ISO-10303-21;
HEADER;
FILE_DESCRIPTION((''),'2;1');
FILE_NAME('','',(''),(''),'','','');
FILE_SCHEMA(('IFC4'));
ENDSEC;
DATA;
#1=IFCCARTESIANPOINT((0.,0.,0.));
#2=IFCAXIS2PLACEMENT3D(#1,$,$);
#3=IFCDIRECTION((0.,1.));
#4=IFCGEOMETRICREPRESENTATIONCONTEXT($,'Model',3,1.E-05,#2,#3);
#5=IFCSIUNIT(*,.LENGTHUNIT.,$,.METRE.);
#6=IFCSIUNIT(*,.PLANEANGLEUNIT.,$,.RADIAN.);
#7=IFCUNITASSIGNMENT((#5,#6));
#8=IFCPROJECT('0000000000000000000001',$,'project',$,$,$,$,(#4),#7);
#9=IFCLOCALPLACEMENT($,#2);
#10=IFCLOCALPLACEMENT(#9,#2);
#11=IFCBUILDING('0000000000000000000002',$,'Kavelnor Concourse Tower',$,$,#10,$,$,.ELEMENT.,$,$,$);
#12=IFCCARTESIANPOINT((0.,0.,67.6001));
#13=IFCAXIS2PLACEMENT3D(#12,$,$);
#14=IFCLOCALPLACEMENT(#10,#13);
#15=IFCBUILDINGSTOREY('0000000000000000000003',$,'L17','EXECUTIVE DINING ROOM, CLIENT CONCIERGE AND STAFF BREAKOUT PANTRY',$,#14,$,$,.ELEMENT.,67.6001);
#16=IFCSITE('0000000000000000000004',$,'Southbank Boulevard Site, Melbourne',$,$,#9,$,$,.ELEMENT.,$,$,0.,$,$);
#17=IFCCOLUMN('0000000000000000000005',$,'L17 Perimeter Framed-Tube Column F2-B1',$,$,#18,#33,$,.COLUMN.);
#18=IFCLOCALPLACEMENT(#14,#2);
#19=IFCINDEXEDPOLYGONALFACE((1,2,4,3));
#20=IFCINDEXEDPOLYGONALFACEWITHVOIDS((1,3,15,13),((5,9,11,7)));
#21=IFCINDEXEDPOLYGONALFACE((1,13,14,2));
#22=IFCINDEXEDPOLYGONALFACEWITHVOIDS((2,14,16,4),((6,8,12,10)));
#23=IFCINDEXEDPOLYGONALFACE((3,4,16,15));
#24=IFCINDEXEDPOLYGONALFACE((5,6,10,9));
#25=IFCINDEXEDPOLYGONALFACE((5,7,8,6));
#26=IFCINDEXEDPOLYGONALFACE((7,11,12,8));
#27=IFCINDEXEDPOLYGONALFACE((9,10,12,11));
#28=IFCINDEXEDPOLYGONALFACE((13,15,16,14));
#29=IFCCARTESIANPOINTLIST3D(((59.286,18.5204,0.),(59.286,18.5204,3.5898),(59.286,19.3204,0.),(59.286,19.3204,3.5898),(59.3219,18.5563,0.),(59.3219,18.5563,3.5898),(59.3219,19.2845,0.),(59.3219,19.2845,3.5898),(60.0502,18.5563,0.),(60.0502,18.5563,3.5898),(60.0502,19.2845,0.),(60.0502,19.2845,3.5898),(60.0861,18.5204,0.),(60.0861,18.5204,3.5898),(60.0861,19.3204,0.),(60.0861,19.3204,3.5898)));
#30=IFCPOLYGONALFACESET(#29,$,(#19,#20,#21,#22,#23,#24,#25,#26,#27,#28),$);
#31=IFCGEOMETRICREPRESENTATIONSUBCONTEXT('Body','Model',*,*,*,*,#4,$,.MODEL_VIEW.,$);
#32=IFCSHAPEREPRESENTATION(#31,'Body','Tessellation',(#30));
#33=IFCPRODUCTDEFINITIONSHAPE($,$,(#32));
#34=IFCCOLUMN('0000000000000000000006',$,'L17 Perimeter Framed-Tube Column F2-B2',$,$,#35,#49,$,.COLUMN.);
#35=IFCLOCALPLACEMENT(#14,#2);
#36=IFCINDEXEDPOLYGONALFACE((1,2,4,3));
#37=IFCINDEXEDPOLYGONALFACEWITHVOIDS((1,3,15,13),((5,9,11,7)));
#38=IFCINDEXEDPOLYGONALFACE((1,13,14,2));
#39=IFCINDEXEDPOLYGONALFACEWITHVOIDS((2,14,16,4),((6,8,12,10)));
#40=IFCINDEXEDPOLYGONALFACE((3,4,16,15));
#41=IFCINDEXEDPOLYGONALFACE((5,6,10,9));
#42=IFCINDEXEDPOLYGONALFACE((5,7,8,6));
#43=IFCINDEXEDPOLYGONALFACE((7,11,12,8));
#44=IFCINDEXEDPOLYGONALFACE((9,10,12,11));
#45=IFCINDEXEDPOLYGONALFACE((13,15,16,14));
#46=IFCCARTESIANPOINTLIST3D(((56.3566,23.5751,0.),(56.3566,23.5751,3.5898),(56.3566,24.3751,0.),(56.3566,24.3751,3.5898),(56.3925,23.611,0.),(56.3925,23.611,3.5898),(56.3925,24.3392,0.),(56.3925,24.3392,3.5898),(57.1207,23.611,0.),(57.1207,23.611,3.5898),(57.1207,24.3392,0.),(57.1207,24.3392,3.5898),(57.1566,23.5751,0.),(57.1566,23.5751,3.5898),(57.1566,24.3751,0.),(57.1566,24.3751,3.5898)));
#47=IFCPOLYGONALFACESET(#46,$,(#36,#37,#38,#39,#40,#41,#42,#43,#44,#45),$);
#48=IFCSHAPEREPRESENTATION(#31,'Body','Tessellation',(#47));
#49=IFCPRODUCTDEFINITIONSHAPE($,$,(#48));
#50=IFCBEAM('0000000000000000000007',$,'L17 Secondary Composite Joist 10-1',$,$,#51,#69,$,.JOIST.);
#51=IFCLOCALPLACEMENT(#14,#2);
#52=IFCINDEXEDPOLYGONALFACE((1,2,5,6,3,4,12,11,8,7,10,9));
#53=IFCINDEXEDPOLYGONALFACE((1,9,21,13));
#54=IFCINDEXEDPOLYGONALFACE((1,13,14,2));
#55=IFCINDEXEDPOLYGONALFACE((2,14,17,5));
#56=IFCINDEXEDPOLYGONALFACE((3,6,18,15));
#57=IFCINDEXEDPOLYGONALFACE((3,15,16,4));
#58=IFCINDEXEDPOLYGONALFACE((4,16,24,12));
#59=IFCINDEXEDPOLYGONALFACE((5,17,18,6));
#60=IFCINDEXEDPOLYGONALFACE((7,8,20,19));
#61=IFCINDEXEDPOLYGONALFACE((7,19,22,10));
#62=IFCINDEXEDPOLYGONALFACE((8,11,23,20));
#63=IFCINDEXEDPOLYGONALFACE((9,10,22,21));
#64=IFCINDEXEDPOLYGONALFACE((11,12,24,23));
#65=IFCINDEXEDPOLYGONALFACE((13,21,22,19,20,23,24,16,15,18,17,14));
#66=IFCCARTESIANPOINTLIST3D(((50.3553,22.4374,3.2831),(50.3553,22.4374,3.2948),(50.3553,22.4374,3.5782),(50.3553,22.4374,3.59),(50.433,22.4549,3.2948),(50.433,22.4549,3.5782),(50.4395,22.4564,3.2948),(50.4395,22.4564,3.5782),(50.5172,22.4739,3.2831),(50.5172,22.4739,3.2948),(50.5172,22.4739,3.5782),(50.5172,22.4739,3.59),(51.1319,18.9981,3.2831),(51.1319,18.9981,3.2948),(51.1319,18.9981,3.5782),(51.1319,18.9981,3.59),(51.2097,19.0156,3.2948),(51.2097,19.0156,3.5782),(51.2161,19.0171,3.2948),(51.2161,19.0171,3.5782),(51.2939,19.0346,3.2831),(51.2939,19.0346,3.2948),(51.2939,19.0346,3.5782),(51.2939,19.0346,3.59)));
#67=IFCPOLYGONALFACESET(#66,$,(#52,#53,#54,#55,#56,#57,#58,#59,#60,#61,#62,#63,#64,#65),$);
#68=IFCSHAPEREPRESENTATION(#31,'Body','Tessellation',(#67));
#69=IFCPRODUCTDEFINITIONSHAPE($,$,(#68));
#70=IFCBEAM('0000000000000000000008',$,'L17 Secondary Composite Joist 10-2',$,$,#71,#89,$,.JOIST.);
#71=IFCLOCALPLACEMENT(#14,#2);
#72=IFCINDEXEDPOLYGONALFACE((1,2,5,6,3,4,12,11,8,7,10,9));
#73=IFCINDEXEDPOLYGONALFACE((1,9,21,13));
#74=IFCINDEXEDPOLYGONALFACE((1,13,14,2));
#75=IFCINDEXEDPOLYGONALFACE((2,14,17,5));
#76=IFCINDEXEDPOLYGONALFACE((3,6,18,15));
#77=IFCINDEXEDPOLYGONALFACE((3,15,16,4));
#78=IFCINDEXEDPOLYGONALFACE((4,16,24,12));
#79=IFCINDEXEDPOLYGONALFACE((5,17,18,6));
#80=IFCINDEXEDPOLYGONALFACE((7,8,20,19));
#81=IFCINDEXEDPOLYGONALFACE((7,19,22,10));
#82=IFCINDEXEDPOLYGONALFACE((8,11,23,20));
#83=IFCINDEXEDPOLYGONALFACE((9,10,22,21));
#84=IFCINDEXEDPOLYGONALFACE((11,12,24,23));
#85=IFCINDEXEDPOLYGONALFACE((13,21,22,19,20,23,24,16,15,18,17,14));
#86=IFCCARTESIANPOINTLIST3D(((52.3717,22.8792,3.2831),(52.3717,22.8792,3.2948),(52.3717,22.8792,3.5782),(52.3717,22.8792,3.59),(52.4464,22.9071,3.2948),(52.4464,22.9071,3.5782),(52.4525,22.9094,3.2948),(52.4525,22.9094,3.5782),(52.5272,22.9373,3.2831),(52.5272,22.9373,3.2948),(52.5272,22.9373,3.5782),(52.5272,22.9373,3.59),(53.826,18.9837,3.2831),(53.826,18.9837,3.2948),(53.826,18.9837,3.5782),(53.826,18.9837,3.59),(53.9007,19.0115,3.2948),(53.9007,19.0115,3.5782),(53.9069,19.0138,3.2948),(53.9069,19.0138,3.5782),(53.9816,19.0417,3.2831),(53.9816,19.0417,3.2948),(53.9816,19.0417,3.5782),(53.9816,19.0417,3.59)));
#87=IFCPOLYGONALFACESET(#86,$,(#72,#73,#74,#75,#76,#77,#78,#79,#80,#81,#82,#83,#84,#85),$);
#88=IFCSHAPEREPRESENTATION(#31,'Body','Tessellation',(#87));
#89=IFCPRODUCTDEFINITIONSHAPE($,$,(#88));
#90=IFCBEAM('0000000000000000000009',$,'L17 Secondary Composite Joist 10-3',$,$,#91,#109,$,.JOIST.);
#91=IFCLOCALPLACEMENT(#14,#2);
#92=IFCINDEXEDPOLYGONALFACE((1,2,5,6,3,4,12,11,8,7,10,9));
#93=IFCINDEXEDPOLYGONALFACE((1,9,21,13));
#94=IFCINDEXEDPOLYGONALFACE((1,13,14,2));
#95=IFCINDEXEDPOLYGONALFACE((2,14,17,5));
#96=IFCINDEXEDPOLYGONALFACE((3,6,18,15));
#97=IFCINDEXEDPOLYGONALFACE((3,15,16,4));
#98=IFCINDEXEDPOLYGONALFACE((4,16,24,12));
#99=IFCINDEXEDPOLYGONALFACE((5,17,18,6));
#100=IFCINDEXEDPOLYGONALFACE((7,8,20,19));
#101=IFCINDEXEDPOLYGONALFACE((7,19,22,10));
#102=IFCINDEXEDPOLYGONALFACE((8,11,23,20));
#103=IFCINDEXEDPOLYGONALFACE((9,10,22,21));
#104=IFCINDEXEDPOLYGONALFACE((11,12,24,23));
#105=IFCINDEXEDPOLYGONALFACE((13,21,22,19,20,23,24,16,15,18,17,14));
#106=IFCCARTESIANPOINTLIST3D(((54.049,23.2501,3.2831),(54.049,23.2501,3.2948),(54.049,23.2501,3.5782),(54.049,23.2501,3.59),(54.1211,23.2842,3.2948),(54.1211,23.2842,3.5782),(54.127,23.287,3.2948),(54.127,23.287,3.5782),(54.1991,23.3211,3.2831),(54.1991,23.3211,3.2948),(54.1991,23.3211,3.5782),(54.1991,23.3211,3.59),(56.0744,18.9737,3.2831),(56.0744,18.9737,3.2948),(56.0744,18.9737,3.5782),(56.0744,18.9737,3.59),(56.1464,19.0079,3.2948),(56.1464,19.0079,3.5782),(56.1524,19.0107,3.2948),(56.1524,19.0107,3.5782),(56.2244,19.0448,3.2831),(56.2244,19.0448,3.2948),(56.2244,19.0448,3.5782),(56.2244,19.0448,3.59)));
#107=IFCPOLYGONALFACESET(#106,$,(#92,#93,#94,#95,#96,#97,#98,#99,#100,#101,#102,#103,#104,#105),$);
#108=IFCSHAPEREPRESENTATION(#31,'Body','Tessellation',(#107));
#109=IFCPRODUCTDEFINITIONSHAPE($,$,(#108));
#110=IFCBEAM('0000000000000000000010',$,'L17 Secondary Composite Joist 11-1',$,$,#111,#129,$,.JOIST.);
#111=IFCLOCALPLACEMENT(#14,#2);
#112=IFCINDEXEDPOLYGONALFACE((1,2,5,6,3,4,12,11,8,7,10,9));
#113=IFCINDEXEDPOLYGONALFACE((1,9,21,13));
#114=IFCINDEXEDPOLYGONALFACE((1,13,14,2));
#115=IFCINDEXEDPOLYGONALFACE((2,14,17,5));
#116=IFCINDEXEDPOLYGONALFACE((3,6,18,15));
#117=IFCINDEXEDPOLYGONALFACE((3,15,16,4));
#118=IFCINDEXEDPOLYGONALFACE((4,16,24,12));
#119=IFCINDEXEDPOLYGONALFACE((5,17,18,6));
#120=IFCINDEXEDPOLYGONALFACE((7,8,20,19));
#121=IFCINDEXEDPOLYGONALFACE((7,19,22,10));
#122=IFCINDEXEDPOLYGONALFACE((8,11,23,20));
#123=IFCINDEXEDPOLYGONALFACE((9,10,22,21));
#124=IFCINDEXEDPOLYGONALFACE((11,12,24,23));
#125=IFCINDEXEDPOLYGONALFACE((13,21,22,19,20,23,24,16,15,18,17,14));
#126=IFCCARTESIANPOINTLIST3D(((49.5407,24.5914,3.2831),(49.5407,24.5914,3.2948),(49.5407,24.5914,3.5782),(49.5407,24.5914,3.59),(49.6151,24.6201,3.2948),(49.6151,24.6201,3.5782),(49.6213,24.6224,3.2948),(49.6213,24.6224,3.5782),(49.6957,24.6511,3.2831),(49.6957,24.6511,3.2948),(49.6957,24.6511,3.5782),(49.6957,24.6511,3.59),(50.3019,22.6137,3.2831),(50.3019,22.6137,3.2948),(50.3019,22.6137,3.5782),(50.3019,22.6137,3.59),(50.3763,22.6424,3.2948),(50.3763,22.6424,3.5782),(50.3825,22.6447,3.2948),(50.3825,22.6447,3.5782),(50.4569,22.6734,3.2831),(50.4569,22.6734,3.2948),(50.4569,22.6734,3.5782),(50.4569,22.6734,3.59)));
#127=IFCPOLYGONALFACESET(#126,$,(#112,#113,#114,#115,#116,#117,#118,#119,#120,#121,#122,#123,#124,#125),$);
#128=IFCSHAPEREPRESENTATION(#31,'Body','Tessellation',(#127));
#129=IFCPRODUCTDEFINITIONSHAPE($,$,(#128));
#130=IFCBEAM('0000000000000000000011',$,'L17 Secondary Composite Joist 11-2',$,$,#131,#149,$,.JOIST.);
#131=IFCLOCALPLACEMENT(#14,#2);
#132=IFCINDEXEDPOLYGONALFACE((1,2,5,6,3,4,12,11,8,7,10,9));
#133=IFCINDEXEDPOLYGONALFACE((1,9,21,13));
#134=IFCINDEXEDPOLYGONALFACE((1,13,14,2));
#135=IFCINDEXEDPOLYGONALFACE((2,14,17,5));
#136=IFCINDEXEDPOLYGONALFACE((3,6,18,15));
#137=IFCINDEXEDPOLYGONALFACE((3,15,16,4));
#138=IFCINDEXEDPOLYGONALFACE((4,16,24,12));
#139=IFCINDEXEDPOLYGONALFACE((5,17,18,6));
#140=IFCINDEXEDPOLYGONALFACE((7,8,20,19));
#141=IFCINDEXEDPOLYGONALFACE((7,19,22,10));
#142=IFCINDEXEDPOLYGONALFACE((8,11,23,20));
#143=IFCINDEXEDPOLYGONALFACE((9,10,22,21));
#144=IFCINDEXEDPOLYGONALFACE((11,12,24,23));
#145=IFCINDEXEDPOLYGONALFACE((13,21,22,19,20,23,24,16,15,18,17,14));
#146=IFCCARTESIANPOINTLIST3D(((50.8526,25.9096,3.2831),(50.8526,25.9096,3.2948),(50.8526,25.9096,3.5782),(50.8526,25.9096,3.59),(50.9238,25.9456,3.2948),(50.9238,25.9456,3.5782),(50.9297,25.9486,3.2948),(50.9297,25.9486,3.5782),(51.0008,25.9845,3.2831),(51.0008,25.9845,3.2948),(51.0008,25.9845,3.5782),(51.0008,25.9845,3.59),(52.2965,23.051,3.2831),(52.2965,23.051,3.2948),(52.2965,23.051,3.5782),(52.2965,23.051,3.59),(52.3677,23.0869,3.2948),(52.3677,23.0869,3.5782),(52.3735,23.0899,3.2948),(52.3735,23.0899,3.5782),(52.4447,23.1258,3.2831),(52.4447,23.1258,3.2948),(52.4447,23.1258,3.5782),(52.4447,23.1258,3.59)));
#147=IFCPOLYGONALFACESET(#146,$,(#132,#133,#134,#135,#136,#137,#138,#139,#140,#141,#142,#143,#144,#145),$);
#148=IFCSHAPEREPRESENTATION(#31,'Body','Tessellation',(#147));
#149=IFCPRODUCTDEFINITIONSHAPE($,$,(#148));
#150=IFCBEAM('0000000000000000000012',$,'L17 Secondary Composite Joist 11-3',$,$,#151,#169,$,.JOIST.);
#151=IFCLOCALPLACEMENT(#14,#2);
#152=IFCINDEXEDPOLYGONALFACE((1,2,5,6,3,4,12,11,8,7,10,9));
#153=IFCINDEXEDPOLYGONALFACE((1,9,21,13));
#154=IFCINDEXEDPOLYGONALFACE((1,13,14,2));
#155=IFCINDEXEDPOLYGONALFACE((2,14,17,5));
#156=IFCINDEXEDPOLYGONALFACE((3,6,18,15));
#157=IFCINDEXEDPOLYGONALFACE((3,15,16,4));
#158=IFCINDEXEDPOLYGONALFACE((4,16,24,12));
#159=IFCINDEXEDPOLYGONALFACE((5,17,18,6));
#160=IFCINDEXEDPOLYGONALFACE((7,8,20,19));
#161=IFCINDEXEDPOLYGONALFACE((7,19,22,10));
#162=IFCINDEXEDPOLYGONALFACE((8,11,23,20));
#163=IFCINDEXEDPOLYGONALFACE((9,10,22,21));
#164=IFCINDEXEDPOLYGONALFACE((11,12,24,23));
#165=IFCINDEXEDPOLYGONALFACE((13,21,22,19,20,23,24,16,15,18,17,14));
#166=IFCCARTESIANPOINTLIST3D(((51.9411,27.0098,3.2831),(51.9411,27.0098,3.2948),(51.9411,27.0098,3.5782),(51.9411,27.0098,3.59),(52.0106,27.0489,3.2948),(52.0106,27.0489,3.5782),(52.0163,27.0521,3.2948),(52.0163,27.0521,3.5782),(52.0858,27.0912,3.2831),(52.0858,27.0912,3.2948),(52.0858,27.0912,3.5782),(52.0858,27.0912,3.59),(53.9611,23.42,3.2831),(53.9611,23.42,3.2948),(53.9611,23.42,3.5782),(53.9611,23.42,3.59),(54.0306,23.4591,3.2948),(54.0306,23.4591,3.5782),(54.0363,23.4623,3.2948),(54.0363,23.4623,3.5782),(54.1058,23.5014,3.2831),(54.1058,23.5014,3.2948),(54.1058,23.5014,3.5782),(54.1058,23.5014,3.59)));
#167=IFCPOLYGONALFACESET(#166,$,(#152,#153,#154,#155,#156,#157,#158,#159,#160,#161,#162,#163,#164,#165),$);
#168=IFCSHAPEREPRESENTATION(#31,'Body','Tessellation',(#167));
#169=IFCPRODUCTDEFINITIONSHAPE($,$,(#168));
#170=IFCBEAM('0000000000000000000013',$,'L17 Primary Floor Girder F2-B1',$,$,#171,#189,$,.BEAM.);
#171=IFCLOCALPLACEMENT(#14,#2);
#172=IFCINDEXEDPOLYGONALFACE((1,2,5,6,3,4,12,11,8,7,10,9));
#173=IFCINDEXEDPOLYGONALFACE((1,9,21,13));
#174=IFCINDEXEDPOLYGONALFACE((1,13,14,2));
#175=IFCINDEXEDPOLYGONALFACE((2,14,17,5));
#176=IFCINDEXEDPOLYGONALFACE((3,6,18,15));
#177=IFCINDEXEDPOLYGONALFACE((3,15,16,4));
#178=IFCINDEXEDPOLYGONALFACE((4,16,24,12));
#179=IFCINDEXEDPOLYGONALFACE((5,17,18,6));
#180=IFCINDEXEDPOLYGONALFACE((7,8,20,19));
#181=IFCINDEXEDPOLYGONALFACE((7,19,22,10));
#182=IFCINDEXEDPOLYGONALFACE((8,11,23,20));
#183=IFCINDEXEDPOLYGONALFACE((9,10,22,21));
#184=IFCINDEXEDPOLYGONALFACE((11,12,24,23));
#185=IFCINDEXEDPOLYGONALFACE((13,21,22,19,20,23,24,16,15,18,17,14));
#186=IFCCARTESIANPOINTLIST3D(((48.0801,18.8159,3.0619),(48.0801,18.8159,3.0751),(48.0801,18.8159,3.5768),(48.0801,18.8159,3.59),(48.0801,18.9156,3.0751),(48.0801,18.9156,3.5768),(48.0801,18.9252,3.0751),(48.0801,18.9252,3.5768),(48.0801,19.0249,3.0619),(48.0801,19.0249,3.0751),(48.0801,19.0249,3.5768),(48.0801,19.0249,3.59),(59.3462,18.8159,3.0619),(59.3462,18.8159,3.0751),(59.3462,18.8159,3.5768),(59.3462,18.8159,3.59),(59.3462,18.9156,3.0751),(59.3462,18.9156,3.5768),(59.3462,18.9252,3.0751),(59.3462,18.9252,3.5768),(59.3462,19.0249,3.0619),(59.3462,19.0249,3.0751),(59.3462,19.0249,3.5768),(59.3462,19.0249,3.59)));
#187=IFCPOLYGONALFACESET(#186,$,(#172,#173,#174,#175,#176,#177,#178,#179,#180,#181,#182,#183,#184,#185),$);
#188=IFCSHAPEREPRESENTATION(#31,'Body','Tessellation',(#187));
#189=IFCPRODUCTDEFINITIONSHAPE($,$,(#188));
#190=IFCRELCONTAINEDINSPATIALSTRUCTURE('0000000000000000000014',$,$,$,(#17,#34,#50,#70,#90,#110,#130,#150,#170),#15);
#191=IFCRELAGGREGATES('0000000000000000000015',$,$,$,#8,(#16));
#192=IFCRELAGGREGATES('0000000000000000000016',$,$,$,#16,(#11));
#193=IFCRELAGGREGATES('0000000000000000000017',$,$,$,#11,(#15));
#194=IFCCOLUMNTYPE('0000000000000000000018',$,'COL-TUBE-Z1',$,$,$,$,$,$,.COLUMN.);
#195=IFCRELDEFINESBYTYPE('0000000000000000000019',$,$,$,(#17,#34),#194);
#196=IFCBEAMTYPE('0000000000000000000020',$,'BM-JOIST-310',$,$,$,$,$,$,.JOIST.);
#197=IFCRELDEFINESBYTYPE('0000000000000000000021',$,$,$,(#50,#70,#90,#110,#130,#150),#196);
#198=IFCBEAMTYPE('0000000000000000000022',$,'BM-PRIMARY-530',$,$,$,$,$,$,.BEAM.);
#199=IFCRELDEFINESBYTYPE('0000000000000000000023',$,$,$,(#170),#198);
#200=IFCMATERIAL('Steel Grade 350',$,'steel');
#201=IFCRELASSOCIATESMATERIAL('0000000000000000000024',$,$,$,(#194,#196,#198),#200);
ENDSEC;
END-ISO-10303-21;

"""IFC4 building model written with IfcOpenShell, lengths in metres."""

from ifc_helpers import new_model, si_unit, direction, frame, origin, origin_2d, place, context, subcontext, project, spatial, hollow_rectangle, i_section, extrude, material, material_profile, profile_set, type_object, element, save


model = new_model("IFC4")

# Units and contexts
model_context = context("Model", 3, precision=1e-05, world=origin(), true_north=direction((0.0, 1.0)))
body_context = subcontext(model_context, "Body", "Model", "MODEL_VIEW")
ifc_project = project(units=[si_unit("LENGTHUNIT", "METRE"), si_unit("PLANEANGLEUNIT", "RADIAN")], contexts=[model_context])

# Site, building, storey
site_placement = place(None, origin())
site = spatial("IfcSite", under=ifc_project, at=site_placement, Name="Southbank Boulevard Site, Melbourne", CompositionType="ELEMENT", RefElevation=0.0)
building_placement = place(site_placement, origin())
building = spatial("IfcBuilding", under=site, at=building_placement, Name="Kavelnor Concourse Tower", CompositionType="ELEMENT")
storey_placement = place(building_placement, frame((0.0, 0.0, 67.6001)))
storey = spatial("IfcBuildingStorey", under=building, at=storey_placement, Name="L17", Description="EXECUTIVE DINING ROOM, CLIENT CONCIERGE AND STAFF BREAKOUT PANTRY", CompositionType="ELEMENT", Elevation=67.6001)

# Columns
ifc_material_1 = material(Name="Steel Grade 350", Category="steel")
ifc_material_profile_1 = material_profile(ifc_material_1, hollow_rectangle(XDim=0.8, YDim=0.8, WallThickness=0.0359, at=origin_2d()), Name="SHS 800x800x36")
ifc_profile_set_1 = profile_set([ifc_material_profile_1], Name="Steel Grade 350")
column_type = type_object("IfcColumnType", Name="COL-TUBE-Z1", PredefinedType="COLUMN", material=ifc_profile_set_1)
for number, where, z_axis, x_axis, name in (
    (1, (59.686, 18.9204, 0.0), (0.0, 0.0, 1.0), (1.0, 0.0, 0.0), "L17 Perimeter Framed-Tube Column F2-B1"),
    (2, (56.7566, 23.9751, 0.0), (0.0, 0.0, 1.0), (1.0, 0.0, 0.0), "L17 Perimeter Framed-Tube Column F2-B2"),
):
    element("IfcColumn", number, at=place(storey_placement, frame(where, z_axis=z_axis, x_axis=x_axis)), inside=storey, type_object=column_type, Name=name, PredefinedType="COLUMN", context=body_context, shape_type="SweptSolid", body=[
        extrude(hollow_rectangle(XDim=0.8, YDim=0.8, WallThickness=0.0359, at=origin_2d()), origin(), (0.0, 0.0, 1.0), 3.5898),
    ])

# Beams
ifc_material_profile_2 = material_profile(ifc_material_1, i_section(OverallWidth=0.166, OverallDepth=0.3069, WebThickness=0.0066, FlangeThickness=0.0117, at=origin_2d()), Name="310UB46")
ifc_profile_set_2 = profile_set([ifc_material_profile_2], Name="Steel Grade 350")
beam_type_1 = type_object("IfcBeamType", Name="BM-JOIST-310", PredefinedType="JOIST", material=ifc_profile_set_2)
beam_1_placement = place(storey_placement, frame((51.2129, 19.0164, 3.4365), z_axis=(-0.220265, 0.97544, 0.0), x_axis=(-0.97544, -0.220265, 0.0)))
element("IfcBeam", 3, at=beam_1_placement, inside=storey, type_object=beam_type_1, Name="L17 Secondary Composite Joist 10-1", PredefinedType="JOIST", context=body_context, shape_type="SweptSolid", body=[
    extrude(i_section(OverallWidth=0.166, OverallDepth=0.3069, WebThickness=0.0066, FlangeThickness=0.0117, at=origin_2d()), origin(), (0.0, 0.0, 1.0), 3.5259),
])
beam_2_placement = place(storey_placement, frame((53.9038, 19.0127, 3.4365), z_axis=(-0.349759, 0.93684, 0.0), x_axis=(-0.93684, -0.349759, 0.0)))
element("IfcBeam", 4, at=beam_2_placement, inside=storey, type_object=beam_type_1, Name="L17 Secondary Composite Joist 10-2", PredefinedType="JOIST", context=body_context, shape_type="SweptSolid", body=[
    extrude(i_section(OverallWidth=0.166, OverallDepth=0.3069, WebThickness=0.0066, FlangeThickness=0.0117, at=origin_2d()), origin(), (0.0, 0.0, 1.0), 4.1582),
])
beam_3_placement = place(storey_placement, frame((56.1494, 19.0093, 3.4365), z_axis=(-0.428042, 0.903759, 0.0), x_axis=(-0.903759, -0.428042, 0.0)))
element("IfcBeam", 5, at=beam_3_placement, inside=storey, type_object=beam_type_1, Name="L17 Secondary Composite Joist 10-3", PredefinedType="JOIST", context=body_context, shape_type="SweptSolid", body=[
    extrude(i_section(OverallWidth=0.166, OverallDepth=0.3069, WebThickness=0.0066, FlangeThickness=0.0117, at=origin_2d()), origin(), (0.0, 0.0, 1.0), 4.7317),
])
beam_4_placement = place(storey_placement, frame((50.3794, 22.6436, 3.4365), z_axis=(-0.359203, 0.933259, 0.0), x_axis=(-0.933259, -0.359203, 0.0)))
element("IfcBeam", 6, at=beam_4_placement, inside=storey, type_object=beam_type_1, Name="L17 Secondary Composite Joist 11-1", PredefinedType="JOIST", context=body_context, shape_type="SweptSolid", body=[
    extrude(i_section(OverallWidth=0.166, OverallDepth=0.3069, WebThickness=0.0066, FlangeThickness=0.0117, at=origin_2d()), origin(), (0.0, 0.0, 1.0), 2.1191),
])
beam_5_placement = place(storey_placement, frame((52.3706, 23.0884, 3.4365), z_axis=(-0.450839, 0.892605, 0.0), x_axis=(-0.892605, -0.450839, 0.0)))
element("IfcBeam", 7, at=beam_5_placement, inside=storey, type_object=beam_type_1, Name="L17 Secondary Composite Joist 11-2", PredefinedType="JOIST", context=body_context, shape_type="SweptSolid", body=[
    extrude(i_section(OverallWidth=0.166, OverallDepth=0.3069, WebThickness=0.0066, FlangeThickness=0.0117, at=origin_2d()), origin(), (0.0, 0.0, 1.0), 3.2026),
])
beam_6_placement = place(storey_placement, frame((54.0334, 23.4607, 3.4365), z_axis=(-0.490396, 0.8715, 0.0), x_axis=(-0.8715, -0.490396, 0.0)))
element("IfcBeam", 8, at=beam_6_placement, inside=storey, type_object=beam_type_1, Name="L17 Secondary Composite Joist 11-3", PredefinedType="JOIST", context=body_context, shape_type="SweptSolid", body=[
    extrude(i_section(OverallWidth=0.166, OverallDepth=0.3069, WebThickness=0.0066, FlangeThickness=0.0117, at=origin_2d()), origin(), (0.0, 0.0, 1.0), 4.1191),
])
ifc_material_profile_3 = material_profile(ifc_material_1, i_section(OverallWidth=0.209, OverallDepth=0.5281, WebThickness=0.0095, FlangeThickness=0.0132, at=origin_2d()), Name="530UB82")
ifc_profile_set_3 = profile_set([ifc_material_profile_3], Name="Steel Grade 350")
beam_type_2 = type_object("IfcBeamType", Name="BM-PRIMARY-530", PredefinedType="BEAM", material=ifc_profile_set_3)
beam_7_placement = place(storey_placement, frame((48.0801, 18.9204, 3.3259), z_axis=(1.0, 0.0, 0.0), x_axis=(0.0, 1.0, 0.0)))
element("IfcBeam", 9, at=beam_7_placement, inside=storey, type_object=beam_type_2, Name="L17 Primary Floor Girder F2-B1", PredefinedType="BEAM", context=body_context, shape_type="SweptSolid", body=[
    extrude(i_section(OverallWidth=0.209, OverallDepth=0.5281, WebThickness=0.0095, FlangeThickness=0.0132, at=origin_2d()), origin(), (0.0, 0.0, 1.0), 11.2661),
])

save(model, "model.ifc")
